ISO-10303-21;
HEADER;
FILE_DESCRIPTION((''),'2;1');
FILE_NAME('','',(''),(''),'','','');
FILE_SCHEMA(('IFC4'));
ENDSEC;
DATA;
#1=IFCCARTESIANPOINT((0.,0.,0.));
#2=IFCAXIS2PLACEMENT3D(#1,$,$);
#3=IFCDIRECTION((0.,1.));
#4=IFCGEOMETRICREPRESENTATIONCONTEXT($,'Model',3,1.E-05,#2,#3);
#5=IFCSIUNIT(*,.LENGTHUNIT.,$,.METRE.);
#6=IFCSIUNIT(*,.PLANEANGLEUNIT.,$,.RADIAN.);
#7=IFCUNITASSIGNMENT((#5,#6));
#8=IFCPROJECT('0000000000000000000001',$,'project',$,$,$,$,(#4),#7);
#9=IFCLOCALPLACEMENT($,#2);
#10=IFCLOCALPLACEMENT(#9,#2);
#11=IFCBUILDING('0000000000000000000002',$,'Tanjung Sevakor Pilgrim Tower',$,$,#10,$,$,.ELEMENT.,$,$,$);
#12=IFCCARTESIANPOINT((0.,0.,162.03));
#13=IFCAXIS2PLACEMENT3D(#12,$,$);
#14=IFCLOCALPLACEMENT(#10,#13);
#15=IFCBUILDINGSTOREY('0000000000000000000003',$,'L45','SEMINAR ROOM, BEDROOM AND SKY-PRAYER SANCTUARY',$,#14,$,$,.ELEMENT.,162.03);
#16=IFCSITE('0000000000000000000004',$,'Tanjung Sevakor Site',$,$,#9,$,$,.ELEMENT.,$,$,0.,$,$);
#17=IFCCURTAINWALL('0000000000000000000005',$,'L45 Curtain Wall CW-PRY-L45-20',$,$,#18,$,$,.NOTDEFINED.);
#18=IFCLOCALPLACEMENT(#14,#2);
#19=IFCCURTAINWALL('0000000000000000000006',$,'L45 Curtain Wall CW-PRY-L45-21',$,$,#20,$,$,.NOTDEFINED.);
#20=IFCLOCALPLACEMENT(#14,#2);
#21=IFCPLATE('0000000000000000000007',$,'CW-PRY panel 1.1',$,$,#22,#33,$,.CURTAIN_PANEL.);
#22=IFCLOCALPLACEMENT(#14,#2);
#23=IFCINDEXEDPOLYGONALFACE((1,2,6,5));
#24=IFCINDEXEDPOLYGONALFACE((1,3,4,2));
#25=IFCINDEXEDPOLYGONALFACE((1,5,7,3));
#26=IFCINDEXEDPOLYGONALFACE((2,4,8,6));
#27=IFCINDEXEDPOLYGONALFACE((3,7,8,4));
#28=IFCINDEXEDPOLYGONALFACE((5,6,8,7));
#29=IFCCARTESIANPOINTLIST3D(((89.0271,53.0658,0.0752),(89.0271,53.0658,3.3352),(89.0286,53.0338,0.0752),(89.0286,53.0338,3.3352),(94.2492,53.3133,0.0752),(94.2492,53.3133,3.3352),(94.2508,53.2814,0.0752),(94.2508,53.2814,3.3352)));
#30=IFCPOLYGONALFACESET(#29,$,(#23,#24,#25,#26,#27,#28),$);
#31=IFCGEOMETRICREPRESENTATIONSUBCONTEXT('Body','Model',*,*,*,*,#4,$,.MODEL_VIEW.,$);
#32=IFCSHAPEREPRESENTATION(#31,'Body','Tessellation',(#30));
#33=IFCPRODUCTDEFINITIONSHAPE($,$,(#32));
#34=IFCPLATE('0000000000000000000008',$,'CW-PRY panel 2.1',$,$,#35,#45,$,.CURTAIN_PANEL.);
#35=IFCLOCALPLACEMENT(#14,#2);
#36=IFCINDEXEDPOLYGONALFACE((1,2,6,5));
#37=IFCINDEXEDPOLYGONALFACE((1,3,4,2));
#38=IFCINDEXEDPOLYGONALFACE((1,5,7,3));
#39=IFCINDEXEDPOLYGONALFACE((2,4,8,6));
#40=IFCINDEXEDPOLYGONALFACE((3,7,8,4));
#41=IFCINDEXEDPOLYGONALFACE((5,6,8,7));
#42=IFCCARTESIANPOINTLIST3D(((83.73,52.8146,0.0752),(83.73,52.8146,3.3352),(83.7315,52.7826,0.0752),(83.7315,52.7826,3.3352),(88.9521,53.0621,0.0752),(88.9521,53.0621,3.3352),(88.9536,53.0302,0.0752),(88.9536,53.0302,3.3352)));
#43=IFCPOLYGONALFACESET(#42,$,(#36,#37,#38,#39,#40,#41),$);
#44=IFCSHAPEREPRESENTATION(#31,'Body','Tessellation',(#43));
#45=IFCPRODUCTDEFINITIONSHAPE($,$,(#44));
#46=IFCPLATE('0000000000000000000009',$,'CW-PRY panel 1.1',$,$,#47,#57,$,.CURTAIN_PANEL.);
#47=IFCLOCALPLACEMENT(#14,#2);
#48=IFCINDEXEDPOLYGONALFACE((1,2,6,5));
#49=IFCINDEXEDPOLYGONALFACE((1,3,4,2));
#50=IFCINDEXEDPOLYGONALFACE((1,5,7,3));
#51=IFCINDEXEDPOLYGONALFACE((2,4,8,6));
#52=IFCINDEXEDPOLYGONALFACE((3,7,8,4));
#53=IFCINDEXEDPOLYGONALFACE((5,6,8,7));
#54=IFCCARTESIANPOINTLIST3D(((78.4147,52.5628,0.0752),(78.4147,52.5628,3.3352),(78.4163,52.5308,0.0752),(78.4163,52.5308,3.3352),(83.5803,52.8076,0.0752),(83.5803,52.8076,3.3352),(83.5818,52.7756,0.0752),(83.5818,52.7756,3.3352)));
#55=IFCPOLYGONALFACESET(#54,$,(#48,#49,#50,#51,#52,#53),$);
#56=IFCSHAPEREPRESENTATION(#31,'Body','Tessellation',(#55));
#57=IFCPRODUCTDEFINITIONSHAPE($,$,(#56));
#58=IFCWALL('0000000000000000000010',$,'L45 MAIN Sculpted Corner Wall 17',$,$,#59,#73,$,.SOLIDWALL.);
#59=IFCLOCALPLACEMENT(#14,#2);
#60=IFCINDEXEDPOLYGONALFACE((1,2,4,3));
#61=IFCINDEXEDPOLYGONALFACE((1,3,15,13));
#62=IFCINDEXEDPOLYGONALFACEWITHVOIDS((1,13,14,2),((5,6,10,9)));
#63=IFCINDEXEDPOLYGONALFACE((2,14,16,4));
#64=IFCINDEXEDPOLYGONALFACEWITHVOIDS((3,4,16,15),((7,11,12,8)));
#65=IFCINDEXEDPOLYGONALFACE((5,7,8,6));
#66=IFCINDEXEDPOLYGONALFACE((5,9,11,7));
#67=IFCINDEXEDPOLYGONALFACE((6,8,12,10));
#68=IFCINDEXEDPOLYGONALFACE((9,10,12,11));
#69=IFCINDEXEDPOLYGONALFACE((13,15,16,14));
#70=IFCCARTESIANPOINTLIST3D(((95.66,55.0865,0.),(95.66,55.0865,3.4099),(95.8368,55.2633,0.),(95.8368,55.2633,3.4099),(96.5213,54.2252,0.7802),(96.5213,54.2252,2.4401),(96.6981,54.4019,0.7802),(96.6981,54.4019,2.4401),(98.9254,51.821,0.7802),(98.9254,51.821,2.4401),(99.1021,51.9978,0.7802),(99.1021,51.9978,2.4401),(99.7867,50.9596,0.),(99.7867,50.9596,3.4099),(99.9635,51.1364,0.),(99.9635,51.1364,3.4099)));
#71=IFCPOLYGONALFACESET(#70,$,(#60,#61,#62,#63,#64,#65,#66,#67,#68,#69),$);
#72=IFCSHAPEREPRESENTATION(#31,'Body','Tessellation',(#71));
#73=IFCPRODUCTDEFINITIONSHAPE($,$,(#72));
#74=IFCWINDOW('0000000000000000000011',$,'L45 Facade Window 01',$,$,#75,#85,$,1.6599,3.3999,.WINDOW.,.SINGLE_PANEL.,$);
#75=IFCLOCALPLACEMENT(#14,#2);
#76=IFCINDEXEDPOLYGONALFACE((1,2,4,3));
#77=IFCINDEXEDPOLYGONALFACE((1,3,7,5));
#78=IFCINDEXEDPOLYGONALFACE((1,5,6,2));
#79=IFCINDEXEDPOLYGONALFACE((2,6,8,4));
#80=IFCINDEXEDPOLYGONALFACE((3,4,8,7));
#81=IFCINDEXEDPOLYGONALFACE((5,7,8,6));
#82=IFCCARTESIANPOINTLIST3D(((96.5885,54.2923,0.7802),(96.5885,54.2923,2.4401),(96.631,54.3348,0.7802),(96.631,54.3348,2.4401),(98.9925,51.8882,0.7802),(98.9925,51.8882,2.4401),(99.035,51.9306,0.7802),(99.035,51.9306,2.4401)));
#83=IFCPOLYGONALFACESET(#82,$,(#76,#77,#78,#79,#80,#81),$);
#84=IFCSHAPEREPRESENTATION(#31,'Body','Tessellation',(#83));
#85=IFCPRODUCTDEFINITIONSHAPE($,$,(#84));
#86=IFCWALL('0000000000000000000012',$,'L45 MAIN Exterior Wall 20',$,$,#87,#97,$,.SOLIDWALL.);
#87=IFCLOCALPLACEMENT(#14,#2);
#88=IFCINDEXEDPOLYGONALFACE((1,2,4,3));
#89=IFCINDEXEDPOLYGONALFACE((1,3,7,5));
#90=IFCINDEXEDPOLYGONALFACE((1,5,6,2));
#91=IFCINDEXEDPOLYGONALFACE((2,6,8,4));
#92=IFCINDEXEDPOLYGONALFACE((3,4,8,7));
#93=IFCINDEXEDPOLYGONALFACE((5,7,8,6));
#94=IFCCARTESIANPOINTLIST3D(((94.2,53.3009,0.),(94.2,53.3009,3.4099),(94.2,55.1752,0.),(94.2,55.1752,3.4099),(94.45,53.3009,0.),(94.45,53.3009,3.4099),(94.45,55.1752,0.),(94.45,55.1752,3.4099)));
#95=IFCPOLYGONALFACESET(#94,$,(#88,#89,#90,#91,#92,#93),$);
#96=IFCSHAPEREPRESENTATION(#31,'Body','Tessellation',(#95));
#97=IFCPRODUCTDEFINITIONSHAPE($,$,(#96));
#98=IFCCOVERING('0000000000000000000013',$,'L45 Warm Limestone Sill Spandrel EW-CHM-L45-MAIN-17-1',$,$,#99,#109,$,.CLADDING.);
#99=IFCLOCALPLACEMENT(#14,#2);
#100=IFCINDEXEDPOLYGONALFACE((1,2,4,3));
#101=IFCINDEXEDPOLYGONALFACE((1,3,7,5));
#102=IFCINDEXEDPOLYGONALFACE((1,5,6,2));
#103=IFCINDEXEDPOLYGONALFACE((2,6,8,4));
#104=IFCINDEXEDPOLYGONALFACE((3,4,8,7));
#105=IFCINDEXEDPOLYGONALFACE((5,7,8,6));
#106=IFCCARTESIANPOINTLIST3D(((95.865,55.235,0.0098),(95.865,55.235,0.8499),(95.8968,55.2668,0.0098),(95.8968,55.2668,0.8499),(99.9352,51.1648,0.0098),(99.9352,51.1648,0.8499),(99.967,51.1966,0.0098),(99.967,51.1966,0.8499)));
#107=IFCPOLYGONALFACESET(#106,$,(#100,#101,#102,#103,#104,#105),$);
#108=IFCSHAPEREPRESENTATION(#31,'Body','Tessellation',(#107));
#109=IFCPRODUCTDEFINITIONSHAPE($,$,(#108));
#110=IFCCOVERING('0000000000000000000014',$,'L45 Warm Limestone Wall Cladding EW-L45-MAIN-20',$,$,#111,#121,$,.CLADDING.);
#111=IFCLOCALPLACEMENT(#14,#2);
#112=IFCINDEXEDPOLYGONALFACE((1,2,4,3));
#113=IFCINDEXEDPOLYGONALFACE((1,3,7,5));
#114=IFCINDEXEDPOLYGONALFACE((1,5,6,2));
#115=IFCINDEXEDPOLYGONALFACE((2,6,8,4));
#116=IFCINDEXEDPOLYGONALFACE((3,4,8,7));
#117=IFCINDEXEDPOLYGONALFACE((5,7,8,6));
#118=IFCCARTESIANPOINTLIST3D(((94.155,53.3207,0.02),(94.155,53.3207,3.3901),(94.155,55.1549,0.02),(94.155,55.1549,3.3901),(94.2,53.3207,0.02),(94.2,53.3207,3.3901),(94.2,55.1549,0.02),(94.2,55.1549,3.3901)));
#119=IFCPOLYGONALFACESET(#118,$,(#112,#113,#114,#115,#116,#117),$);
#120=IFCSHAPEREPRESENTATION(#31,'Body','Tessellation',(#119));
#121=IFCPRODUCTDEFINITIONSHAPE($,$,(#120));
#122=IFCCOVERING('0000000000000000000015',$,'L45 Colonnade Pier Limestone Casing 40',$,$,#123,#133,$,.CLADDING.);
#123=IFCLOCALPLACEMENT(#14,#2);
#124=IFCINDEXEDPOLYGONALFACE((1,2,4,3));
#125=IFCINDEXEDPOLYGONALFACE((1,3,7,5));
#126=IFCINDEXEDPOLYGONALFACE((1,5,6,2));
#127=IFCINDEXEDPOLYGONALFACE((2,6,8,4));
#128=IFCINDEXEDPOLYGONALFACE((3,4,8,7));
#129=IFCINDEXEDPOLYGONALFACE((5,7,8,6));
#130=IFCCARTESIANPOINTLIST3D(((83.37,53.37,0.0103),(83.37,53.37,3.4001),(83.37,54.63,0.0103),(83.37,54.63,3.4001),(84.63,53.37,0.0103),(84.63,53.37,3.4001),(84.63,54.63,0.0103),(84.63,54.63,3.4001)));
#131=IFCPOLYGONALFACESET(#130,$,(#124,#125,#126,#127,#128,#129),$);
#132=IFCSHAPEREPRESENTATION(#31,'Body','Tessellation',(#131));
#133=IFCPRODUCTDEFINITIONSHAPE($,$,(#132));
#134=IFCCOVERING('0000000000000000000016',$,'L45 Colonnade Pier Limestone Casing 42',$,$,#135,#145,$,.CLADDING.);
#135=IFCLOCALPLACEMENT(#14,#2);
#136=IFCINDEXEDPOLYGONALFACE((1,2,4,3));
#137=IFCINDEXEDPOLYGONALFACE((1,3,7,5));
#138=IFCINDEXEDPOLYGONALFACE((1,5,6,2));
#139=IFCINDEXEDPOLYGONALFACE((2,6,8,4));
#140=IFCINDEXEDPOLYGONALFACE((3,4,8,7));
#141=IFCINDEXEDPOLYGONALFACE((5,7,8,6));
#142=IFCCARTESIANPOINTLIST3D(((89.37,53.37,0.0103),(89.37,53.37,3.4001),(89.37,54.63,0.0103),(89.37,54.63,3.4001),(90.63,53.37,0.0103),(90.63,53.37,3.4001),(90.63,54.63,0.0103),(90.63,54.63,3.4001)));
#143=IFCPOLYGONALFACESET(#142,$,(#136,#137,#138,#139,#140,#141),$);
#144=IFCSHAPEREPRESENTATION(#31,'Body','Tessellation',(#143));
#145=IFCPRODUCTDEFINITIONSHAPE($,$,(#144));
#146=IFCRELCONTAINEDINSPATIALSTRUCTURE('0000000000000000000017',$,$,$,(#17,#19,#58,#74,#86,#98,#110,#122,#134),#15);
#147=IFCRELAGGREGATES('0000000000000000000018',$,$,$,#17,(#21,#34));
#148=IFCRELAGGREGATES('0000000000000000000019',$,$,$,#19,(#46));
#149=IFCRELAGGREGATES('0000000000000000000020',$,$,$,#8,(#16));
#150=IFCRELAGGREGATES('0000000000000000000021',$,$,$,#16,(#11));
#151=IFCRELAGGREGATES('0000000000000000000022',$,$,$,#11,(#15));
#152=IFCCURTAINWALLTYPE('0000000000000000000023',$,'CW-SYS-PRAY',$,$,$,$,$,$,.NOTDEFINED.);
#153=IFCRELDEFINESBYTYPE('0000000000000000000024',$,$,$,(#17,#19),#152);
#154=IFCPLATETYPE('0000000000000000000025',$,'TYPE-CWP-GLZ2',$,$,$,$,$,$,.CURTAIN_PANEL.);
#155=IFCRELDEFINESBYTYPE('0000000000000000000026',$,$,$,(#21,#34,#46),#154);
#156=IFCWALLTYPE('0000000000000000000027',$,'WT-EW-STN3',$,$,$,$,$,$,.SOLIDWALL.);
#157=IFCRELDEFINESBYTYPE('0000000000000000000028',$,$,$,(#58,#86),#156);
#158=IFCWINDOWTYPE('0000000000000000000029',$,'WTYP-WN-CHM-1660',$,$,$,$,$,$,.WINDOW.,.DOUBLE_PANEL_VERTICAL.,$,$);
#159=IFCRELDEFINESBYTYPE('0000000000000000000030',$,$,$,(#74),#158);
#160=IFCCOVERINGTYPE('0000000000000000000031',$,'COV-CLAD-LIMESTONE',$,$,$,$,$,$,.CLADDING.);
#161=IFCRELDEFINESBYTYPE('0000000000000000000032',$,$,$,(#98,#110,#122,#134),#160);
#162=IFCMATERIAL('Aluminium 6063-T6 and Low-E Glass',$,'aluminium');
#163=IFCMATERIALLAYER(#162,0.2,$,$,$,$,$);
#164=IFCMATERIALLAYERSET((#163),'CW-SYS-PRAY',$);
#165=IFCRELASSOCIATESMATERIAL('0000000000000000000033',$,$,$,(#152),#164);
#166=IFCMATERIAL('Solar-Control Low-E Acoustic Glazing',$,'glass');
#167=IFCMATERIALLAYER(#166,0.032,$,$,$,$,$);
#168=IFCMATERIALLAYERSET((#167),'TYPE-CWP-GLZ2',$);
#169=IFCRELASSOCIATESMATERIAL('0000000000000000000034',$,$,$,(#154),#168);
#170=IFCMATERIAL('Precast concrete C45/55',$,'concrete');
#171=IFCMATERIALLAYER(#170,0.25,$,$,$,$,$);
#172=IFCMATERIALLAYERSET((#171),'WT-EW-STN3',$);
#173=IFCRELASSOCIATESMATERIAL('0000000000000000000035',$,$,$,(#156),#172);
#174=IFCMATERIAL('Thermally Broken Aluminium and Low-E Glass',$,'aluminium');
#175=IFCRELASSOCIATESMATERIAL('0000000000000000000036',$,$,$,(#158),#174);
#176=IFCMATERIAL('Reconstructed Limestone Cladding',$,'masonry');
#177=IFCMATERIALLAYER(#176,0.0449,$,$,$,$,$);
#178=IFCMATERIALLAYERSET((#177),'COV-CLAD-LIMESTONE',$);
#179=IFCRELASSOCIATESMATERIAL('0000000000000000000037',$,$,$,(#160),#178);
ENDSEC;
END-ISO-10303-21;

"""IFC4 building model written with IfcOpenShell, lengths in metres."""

from ifc_helpers import new_model, si_unit, direction, frame, frame_2d, origin, origin_2d, place, context, subcontext, project, spatial, rectangle, extrude, material, layer, layer_set, type_object, element, fill, aggregate, save


model = new_model("IFC4")

# Units and contexts
model_context = context("Model", 3, precision=1e-05, world=origin(), true_north=direction((0.0, 1.0)))
body_context = subcontext(model_context, "Body", "Model", "MODEL_VIEW")
ifc_project = project(units=[si_unit("LENGTHUNIT", "METRE"), si_unit("PLANEANGLEUNIT", "RADIAN")], contexts=[model_context])

# Site, building, storey
site_placement = place(None, origin())
site = spatial("IfcSite", under=ifc_project, at=site_placement, Name="Tanjung Sevakor Site", CompositionType="ELEMENT", RefElevation=0.0)
building_placement = place(site_placement, origin())
building = spatial("IfcBuilding", under=site, at=building_placement, Name="Tanjung Sevakor Pilgrim Tower", CompositionType="ELEMENT")
storey_placement = place(building_placement, frame((0.0, 0.0, 162.03)))
storey = spatial("IfcBuildingStorey", under=building, at=storey_placement, Name="L45", Description="SEMINAR ROOM, BEDROOM AND SKY-PRAYER SANCTUARY", CompositionType="ELEMENT", Elevation=162.03)

# Curtain walls
ifc_material_1 = material(Name="Aluminium 6063-T6 and Low-E Glass", Category="aluminium")
ifc_layer_1 = layer(ifc_material_1, 0.2)
ifc_layer_set_1 = layer_set([ifc_layer_1], Name="CW-SYS-PRAY")
curtain_wall_type = type_object("IfcCurtainWallType", Name="CW-SYS-PRAY", PredefinedType="NOTDEFINED", material=ifc_layer_set_1)
curtain_wall_1_placement = place(storey_placement, origin())
curtain_wall_1 = element("IfcCurtainWall", 1, at=curtain_wall_1_placement, inside=storey, type_object=curtain_wall_type, Name="L45 Curtain Wall CW-PRY-L45-20", PredefinedType="NOTDEFINED")
curtain_wall_2_placement = place(storey_placement, origin())
curtain_wall_2 = element("IfcCurtainWall", 2, at=curtain_wall_2_placement, inside=storey, type_object=curtain_wall_type, Name="L45 Curtain Wall CW-PRY-L45-21", PredefinedType="NOTDEFINED")

# Plates
ifc_material_2 = material(Name="Solar-Control Low-E Acoustic Glazing", Category="glass")
ifc_layer_2 = layer(ifc_material_2, 0.032)
ifc_layer_set_2 = layer_set([ifc_layer_2], Name="TYPE-CWP-GLZ2")
plate_type = type_object("IfcPlateType", Name="TYPE-CWP-GLZ2", PredefinedType="CURTAIN_PANEL", material=ifc_layer_set_2)
plate_1_placement = place(storey_placement, frame((91.6389, 53.1736, 0.0752), z_axis=(0.0, 0.0, 1.0), x_axis=(-0.998879, -0.047345, 0.0)))
plate_1 = element("IfcPlate", 3, at=plate_1_placement, type_object=plate_type, Name="CW-PRY panel 1.1", PredefinedType="CURTAIN_PANEL", context=body_context, shape_type="SweptSolid", body=[
    extrude(rectangle(XDim=5.228, YDim=0.032, at=origin_2d()), origin(), (0.0, 0.0, 1.0), 3.26),
])
plate_2_placement = place(storey_placement, frame((86.3418, 52.9224, 0.0752), z_axis=(0.0, 0.0, 1.0), x_axis=(-0.998879, -0.047345, 0.0)))
plate_2 = element("IfcPlate", 4, at=plate_2_placement, type_object=plate_type, Name="CW-PRY panel 2.1", PredefinedType="CURTAIN_PANEL", context=body_context, shape_type="SweptSolid", body=[
    extrude(rectangle(XDim=5.228, YDim=0.032, at=origin_2d()), origin(), (0.0, 0.0, 1.0), 3.26),
])
aggregate(curtain_wall_1, [plate_1, plate_2])
plate_3_placement = place(storey_placement, frame((80.9983, 52.6692, 0.0752), z_axis=(0.0, 0.0, 1.0), x_axis=(-0.998879, -0.047333, 0.0)))
plate_3 = element("IfcPlate", 5, at=plate_3_placement, type_object=plate_type, Name="CW-PRY panel 1.1", PredefinedType="CURTAIN_PANEL", context=body_context, shape_type="SweptSolid", body=[
    extrude(rectangle(XDim=5.1714, YDim=0.032, at=origin_2d()), origin(), (0.0, 0.0, 1.0), 3.26),
])
aggregate(curtain_wall_2, [plate_3])

# Wall, opening, window
ifc_material_3 = material(Name="Precast concrete C45/55", Category="concrete")
ifc_layer_3 = layer(ifc_material_3, 0.25)
ifc_layer_set_3 = layer_set([ifc_layer_3], Name="WT-EW-STN3")
wall_type = type_object("IfcWallType", Name="WT-EW-STN3", PredefinedType="SOLIDWALL", material=ifc_layer_set_3)
wall_1_placement = place(storey_placement, frame((99.875, 51.0481, 0.0), z_axis=(0.0, 0.0, 1.0), x_axis=(-0.707086, 0.707128, 0.0)))
wall_1 = element("IfcWall", 6, at=wall_1_placement, inside=storey, type_object=wall_type, Name="L45 MAIN Sculpted Corner Wall 17", PredefinedType="SOLIDWALL", context=body_context, shape_type="SweptSolid", body=[
    extrude(rectangle(XDim=5.8362, YDim=0.25, at=frame_2d((2.918, 0.0))), origin(), (0.0, 0.0, 1.0), 3.4099),
])
opening_placement = place(wall_1_placement, frame((1.218, 0.0, 0.78)))
opening = element("IfcOpeningElement", 7, at=opening_placement, cuts=wall_1, PredefinedType="OPENING", context=body_context, shape_type="SweptSolid", body=[
    extrude(rectangle(XDim=3.3999, YDim=1.6599, at=frame_2d((1.7, 0.8301))), frame((0.0, 0.135, 0.0), z_axis=(0.0, -1.0, 0.0), x_axis=(1.0, 0.0, 0.0)), (0.0, 0.0, 1.0), 0.27),
])
ifc_material_4 = material(Name="Thermally Broken Aluminium and Low-E Glass", Category="aluminium")
window_type = type_object("IfcWindowType", Name="WTYP-WN-CHM-1660", PartitioningType="DOUBLE_PANEL_VERTICAL", PredefinedType="WINDOW", material=ifc_material_4)
window_placement = place(opening_placement, origin())
window = element("IfcWindow", 8, at=window_placement, inside=storey, type_object=window_type, Name="L45 Facade Window 01", OverallHeight=1.6599, OverallWidth=3.3999, PartitioningType="SINGLE_PANEL", PredefinedType="WINDOW", context=body_context, shape_type="SweptSolid", body=[
    extrude(rectangle(XDim=3.3999, YDim=1.6599, at=frame_2d((1.7, 0.8301))), frame((0.0, 0.03, 0.0), z_axis=(0.0, -1.0, 0.0), x_axis=(1.0, 0.0, 0.0)), (0.0, 0.0, 1.0), 0.0601),
])
fill(opening, window)

# Wall
wall_2_placement = place(storey_placement, frame((94.325, 55.175, 0.0), z_axis=(0.0, 0.0, 1.0), x_axis=(0.0, -1.0, 0.0)))
element("IfcWall", 9, at=wall_2_placement, inside=storey, type_object=wall_type, Name="L45 MAIN Exterior Wall 20", PredefinedType="SOLIDWALL", context=body_context, shape_type="SweptSolid", body=[
    extrude(rectangle(XDim=1.8743, YDim=0.25, at=frame_2d((0.937, 0.0))), origin(), (0.0, 0.0, 1.0), 3.4099),
])

# Coverings
ifc_material_5 = material(Name="Reconstructed Limestone Cladding", Category="masonry")
ifc_layer_4 = layer(ifc_material_5, 0.0449)
ifc_layer_set_4 = layer_set([ifc_layer_4], Name="COV-CLAD-LIMESTONE")
covering_type = type_object("IfcCoveringType", Name="COV-CLAD-LIMESTONE", PredefinedType="CLADDING", material=ifc_layer_set_4)
covering_1_placement = place(storey_placement, frame((97.916, 53.2158, 0.0098), z_axis=(0.0, 0.0, 1.0), x_axis=(-0.707107, 0.707107, 0.0)))
element("IfcCovering", 10, at=covering_1_placement, inside=storey, type_object=covering_type, Name="L45 Warm Limestone Sill Spandrel EW-CHM-L45-MAIN-17-1", PredefinedType="CLADDING", context=body_context, shape_type="SweptSolid", body=[
    extrude(rectangle(XDim=5.7561, YDim=0.0449, at=origin_2d()), origin(), (0.0, 0.0, 1.0), 0.8401),
])
covering_2_placement = place(storey_placement, frame((94.1775, 54.2378, 0.02), z_axis=(0.0, 0.0, 1.0), x_axis=(0.0, -1.0, 0.0)))
element("IfcCovering", 11, at=covering_2_placement, inside=storey, type_object=covering_type, Name="L45 Warm Limestone Wall Cladding EW-L45-MAIN-20", PredefinedType="CLADDING", context=body_context, shape_type="SweptSolid", body=[
    extrude(rectangle(XDim=1.8342, YDim=0.0449, at=origin_2d()), origin(), (0.0, 0.0, 1.0), 3.3701),
])
for number, where, z_axis, x_axis, name in (
    (12, (84.0, 54.0, 0.0103), (0.0, 0.0, 1.0), (1.0, 0.0, 0.0), "L45 Colonnade Pier Limestone Casing 40"),
    (13, (90.0, 54.0, 0.0103), (0.0, 0.0, 1.0), (1.0, 0.0, 0.0), "L45 Colonnade Pier Limestone Casing 42"),
):
    element("IfcCovering", number, at=place(storey_placement, frame(where, z_axis=z_axis, x_axis=x_axis)), inside=storey, type_object=covering_type, Name=name, PredefinedType="CLADDING", context=body_context, shape_type="SweptSolid", body=[
        extrude(rectangle(XDim=1.26, YDim=1.26, at=origin_2d()), origin(), (0.0, 0.0, 1.0), 3.3899),
    ])

save(model, "model.ifc")
